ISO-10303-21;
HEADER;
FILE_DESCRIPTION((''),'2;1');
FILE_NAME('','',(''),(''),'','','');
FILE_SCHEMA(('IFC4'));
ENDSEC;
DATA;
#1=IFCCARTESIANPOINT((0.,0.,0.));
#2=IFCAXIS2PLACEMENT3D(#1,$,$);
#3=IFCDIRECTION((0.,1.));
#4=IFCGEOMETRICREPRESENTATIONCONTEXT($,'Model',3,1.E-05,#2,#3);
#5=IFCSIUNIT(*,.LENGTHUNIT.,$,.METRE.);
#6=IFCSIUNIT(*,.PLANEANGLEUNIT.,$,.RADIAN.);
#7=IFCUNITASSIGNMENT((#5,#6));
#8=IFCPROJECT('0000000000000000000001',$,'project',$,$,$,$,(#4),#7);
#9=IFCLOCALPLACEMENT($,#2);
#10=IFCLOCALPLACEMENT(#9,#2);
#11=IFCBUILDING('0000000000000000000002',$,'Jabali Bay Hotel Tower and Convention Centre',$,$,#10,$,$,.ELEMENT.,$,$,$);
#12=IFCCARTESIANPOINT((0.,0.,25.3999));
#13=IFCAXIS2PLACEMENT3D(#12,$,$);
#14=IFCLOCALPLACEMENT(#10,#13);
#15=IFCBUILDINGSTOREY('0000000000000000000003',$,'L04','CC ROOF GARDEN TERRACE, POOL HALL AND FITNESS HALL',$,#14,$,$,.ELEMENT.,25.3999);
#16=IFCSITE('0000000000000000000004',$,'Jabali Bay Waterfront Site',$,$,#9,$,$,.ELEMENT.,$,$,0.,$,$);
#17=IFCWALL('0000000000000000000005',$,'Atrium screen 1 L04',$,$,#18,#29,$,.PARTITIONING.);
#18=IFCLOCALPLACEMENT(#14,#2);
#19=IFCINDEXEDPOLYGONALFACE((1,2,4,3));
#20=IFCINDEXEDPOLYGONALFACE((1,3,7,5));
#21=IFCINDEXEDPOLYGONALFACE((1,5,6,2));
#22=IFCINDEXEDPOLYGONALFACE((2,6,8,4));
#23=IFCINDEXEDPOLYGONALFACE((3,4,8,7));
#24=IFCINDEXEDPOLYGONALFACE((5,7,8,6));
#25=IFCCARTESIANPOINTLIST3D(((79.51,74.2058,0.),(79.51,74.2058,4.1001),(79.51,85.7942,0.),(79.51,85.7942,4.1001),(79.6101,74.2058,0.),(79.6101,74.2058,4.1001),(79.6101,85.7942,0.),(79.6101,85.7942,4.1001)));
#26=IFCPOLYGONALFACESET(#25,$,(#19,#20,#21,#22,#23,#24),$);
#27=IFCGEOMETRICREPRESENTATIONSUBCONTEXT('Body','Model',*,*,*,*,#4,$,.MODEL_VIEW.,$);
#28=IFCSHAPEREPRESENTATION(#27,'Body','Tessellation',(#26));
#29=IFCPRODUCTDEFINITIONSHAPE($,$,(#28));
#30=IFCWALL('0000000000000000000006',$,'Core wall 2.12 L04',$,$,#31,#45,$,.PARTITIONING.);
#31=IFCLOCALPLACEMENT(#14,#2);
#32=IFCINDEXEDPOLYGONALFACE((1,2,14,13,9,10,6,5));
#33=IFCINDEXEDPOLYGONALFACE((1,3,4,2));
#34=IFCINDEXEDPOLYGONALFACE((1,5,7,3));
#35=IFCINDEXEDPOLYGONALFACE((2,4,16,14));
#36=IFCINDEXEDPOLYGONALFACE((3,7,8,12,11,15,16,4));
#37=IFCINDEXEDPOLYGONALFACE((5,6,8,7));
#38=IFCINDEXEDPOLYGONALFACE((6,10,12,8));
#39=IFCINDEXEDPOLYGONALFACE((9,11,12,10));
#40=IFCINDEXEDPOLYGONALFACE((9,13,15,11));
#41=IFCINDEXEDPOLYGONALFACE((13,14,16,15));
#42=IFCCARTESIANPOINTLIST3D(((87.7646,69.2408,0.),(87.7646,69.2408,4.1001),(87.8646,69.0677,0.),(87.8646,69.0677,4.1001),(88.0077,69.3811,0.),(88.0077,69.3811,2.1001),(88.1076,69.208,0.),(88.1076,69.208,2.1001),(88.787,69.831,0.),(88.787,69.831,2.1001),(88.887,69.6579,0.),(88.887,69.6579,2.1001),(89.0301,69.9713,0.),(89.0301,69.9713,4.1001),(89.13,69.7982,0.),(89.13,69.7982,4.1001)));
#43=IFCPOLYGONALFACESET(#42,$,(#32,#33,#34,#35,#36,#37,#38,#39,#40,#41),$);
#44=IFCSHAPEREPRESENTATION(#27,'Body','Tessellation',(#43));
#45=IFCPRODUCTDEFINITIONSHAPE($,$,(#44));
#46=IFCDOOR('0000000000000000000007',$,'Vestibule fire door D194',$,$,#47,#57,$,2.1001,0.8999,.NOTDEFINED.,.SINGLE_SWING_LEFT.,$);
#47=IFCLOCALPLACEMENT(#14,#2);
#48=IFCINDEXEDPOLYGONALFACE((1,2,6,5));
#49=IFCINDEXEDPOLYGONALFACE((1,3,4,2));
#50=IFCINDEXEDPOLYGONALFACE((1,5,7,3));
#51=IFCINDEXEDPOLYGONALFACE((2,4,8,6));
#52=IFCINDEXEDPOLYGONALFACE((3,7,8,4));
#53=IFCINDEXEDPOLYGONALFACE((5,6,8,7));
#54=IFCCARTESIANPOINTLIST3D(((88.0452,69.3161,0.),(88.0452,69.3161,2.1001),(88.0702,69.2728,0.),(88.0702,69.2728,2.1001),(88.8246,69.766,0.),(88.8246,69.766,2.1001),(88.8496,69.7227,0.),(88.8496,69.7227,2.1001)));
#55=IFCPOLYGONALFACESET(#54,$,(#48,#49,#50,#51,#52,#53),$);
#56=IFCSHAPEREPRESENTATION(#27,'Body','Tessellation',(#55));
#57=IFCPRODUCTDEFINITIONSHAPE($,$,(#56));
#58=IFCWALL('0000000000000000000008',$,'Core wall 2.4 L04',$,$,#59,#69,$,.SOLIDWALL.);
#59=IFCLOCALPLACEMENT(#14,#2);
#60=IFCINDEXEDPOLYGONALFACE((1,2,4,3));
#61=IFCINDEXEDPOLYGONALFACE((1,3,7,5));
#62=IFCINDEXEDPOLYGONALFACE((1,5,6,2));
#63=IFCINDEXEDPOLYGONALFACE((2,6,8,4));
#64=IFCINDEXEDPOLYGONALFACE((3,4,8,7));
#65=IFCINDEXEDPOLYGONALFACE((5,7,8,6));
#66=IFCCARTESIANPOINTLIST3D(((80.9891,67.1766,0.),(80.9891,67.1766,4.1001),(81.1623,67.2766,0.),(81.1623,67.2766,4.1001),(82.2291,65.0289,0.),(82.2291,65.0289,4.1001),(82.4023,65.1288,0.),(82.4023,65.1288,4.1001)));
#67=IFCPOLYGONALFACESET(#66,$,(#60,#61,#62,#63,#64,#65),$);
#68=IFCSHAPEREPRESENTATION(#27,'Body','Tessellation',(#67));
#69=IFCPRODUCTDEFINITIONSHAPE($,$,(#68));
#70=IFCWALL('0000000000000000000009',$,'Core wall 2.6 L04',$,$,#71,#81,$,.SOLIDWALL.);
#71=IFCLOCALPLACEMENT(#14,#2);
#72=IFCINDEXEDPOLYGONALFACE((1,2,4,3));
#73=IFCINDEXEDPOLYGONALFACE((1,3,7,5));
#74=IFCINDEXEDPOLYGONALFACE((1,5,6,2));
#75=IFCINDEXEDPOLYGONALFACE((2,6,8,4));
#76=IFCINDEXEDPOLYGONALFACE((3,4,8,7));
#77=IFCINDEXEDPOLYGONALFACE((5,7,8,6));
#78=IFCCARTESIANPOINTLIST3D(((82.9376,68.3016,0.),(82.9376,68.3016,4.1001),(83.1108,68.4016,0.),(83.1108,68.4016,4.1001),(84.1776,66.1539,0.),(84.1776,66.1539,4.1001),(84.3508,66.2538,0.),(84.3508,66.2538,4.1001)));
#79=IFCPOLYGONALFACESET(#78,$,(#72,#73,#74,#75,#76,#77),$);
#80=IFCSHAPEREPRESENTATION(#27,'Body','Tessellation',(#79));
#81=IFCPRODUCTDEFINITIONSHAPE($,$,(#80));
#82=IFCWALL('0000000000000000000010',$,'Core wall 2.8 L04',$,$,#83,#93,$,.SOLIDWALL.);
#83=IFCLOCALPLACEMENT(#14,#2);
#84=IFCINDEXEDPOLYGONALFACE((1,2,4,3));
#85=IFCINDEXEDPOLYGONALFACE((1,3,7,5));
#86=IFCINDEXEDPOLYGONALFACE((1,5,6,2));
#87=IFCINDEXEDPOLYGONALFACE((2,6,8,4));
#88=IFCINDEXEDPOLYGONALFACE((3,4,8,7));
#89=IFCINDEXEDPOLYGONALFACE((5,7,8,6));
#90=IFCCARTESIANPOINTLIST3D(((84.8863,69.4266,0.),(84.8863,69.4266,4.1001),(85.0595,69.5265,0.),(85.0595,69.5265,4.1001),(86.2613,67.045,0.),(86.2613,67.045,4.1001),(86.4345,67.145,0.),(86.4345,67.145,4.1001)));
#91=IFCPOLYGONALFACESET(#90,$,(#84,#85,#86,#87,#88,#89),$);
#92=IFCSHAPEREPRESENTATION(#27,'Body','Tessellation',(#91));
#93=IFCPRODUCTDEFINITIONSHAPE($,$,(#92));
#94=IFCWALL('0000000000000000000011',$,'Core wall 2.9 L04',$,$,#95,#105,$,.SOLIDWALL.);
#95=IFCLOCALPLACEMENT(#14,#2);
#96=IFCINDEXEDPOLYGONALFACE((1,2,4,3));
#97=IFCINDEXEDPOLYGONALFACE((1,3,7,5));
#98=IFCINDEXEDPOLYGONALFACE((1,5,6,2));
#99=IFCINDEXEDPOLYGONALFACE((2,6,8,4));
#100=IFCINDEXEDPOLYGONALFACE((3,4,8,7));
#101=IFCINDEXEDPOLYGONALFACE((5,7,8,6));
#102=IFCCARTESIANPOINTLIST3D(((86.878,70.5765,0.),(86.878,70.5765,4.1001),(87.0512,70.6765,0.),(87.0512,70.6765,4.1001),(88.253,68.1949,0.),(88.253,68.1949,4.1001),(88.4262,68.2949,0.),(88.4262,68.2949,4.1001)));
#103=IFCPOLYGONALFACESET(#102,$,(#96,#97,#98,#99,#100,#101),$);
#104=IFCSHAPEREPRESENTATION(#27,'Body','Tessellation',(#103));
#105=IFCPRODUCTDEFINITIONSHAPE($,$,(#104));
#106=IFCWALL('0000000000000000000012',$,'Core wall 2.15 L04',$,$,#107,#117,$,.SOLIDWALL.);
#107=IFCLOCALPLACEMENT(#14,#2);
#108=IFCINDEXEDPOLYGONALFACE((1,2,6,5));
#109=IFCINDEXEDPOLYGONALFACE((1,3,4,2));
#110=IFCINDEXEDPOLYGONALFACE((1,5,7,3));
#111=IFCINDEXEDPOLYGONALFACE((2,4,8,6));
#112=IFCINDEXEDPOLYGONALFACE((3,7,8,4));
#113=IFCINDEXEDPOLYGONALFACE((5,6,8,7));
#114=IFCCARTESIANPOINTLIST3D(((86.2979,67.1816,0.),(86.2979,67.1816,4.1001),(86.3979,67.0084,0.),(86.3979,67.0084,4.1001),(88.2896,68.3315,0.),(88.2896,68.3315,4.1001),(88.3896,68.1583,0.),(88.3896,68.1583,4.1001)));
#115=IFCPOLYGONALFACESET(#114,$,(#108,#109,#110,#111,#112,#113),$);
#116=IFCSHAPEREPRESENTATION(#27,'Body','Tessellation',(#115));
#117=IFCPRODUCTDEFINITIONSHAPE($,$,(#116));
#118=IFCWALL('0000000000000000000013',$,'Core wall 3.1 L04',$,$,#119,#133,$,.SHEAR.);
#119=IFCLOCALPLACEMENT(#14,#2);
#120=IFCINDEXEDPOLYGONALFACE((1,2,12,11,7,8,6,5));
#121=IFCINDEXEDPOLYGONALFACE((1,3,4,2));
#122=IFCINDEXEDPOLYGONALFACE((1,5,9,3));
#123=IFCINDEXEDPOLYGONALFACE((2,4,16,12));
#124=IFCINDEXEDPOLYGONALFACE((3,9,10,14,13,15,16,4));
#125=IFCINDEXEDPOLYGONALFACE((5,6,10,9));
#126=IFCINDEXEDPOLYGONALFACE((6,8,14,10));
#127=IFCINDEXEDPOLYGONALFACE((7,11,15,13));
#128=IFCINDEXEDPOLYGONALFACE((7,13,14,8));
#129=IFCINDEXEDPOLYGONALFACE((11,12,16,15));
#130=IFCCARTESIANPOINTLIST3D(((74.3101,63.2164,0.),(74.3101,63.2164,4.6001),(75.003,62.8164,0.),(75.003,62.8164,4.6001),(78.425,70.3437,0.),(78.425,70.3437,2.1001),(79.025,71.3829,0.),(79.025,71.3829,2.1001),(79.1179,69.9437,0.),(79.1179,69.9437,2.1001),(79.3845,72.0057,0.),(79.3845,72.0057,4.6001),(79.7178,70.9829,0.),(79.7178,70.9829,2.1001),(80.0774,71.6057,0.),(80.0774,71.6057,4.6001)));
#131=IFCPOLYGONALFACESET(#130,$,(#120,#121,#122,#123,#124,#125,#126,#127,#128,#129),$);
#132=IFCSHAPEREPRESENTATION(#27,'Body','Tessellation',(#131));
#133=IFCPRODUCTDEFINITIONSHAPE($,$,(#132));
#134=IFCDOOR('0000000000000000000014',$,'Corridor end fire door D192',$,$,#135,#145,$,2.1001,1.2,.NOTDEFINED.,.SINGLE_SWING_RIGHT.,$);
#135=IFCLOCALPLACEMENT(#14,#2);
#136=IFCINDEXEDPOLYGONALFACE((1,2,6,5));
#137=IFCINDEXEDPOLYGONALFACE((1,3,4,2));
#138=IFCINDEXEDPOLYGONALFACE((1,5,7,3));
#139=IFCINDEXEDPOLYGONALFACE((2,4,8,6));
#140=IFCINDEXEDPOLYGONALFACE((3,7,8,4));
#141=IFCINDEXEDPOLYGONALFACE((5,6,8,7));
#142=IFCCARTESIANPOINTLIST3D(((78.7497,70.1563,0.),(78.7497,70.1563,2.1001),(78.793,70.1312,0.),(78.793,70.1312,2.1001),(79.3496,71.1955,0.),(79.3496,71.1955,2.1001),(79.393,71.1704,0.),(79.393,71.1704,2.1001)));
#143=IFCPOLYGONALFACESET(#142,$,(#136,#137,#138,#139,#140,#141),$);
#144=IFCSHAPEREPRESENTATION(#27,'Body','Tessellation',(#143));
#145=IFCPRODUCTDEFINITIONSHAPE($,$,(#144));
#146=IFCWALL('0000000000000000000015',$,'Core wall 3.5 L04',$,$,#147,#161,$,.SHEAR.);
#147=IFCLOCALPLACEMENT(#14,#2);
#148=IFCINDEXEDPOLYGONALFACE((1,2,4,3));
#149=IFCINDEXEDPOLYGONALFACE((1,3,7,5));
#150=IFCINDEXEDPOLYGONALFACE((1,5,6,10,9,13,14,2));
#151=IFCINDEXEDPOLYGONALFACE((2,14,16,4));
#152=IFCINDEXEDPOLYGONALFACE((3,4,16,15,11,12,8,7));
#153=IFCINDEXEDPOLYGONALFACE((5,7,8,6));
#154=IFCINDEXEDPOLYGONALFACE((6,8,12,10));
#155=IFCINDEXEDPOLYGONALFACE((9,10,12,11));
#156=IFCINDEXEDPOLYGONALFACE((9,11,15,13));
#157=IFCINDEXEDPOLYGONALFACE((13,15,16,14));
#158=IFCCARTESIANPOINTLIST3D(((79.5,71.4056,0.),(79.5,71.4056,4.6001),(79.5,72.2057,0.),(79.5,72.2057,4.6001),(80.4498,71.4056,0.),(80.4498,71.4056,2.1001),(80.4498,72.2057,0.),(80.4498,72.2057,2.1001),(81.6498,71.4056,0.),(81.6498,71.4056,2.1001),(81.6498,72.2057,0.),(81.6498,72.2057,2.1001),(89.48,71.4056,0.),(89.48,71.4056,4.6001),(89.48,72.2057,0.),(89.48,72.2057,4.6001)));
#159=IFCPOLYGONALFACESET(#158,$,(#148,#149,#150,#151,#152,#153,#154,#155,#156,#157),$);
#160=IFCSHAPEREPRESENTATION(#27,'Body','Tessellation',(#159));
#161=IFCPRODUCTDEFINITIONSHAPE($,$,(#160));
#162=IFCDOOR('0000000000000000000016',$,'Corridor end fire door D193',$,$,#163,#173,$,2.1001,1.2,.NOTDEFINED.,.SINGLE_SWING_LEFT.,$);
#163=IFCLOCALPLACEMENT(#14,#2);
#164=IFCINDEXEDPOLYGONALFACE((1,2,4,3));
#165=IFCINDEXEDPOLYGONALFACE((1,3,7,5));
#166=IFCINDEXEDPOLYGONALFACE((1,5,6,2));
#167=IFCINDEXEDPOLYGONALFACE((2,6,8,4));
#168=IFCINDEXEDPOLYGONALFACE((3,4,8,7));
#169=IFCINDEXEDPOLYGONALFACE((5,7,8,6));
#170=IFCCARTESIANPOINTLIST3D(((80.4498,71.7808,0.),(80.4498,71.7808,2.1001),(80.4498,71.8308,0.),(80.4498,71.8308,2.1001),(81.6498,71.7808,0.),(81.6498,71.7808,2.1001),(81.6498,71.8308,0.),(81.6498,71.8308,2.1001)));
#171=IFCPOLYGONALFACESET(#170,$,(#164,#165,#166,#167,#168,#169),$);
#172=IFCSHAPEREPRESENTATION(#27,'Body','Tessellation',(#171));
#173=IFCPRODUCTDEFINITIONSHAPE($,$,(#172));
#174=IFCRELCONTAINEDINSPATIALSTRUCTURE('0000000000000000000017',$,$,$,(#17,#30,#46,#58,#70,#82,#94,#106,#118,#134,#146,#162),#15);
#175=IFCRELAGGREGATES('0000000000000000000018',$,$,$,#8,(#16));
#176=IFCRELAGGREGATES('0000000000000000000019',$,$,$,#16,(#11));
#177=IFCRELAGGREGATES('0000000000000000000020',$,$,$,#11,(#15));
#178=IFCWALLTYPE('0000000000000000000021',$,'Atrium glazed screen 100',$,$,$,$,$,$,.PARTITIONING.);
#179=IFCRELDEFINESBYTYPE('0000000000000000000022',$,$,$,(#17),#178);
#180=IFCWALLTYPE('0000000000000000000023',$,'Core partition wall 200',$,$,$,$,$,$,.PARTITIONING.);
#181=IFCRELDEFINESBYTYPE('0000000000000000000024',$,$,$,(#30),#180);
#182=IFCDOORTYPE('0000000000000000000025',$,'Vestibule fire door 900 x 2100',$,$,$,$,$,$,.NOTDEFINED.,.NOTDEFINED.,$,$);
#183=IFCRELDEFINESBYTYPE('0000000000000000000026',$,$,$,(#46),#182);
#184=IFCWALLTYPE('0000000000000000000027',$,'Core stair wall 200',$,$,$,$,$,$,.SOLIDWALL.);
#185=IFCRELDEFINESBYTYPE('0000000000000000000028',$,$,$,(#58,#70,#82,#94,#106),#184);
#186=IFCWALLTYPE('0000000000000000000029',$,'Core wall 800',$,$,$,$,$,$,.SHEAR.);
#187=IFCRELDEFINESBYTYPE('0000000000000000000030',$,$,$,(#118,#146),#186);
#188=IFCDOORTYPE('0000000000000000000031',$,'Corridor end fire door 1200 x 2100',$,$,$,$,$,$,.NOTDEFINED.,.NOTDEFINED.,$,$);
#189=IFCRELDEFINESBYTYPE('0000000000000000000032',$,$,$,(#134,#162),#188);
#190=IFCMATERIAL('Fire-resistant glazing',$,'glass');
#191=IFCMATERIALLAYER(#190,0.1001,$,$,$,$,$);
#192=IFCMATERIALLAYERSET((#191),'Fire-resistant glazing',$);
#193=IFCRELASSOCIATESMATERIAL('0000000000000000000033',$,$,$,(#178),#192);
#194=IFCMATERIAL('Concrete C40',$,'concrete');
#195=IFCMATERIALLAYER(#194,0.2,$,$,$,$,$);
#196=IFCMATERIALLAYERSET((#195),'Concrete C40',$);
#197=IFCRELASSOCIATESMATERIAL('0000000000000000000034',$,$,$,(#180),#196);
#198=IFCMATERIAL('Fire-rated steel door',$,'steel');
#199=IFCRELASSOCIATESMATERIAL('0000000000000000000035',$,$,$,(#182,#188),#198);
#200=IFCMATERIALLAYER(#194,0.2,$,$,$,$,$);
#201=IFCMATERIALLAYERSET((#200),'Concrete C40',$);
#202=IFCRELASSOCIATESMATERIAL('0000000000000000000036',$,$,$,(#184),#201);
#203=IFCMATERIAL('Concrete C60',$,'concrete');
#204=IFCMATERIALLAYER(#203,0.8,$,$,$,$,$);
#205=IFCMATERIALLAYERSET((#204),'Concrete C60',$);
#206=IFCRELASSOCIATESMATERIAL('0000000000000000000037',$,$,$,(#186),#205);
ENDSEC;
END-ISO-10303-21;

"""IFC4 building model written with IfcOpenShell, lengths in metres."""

from ifc_helpers import new_model, si_unit, direction, frame, frame_2d, origin, place, context, subcontext, project, spatial, rectangle, extrude, material, layer, layer_set, type_object, element, fill, save


model = new_model("IFC4")

# Units and contexts
model_context = context("Model", 3, precision=1e-05, world=origin(), true_north=direction((0.0, 1.0)))
body_context = subcontext(model_context, "Body", "Model", "MODEL_VIEW")
ifc_project = project(units=[si_unit("LENGTHUNIT", "METRE"), si_unit("PLANEANGLEUNIT", "RADIAN")], contexts=[model_context])

# Site, building, storey
site_placement = place(None, origin())
site = spatial("IfcSite", under=ifc_project, at=site_placement, Name="Jabali Bay Waterfront Site", CompositionType="ELEMENT", RefElevation=0.0)
building_placement = place(site_placement, origin())
building = spatial("IfcBuilding", under=site, at=building_placement, Name="Jabali Bay Hotel Tower and Convention Centre", CompositionType="ELEMENT")
storey_placement = place(building_placement, frame((0.0, 0.0, 25.3999)))
storey = spatial("IfcBuildingStorey", under=building, at=storey_placement, Name="L04", Description="CC ROOF GARDEN TERRACE, POOL HALL AND FITNESS HALL", CompositionType="ELEMENT", Elevation=25.3999)

# Wall
ifc_material_1 = material(Name="Fire-resistant glazing", Category="glass")
ifc_layer_1 = layer(ifc_material_1, 0.1001)
ifc_layer_set_1 = layer_set([ifc_layer_1], Name="Fire-resistant glazing")
wall_type_1 = type_object("IfcWallType", Name="Atrium glazed screen 100", PredefinedType="PARTITIONING", material=ifc_layer_set_1)
wall_1_placement = place(storey_placement, frame((79.5601, 74.2058, 0.0), z_axis=(0.0, 0.0, 1.0), x_axis=(0.0, 1.0, 0.0)))
element("IfcWall", 1, at=wall_1_placement, inside=storey, type_object=wall_type_1, Name="Atrium screen 1 L04", PredefinedType="PARTITIONING", context=body_context, shape_type="SweptSolid", body=[
    extrude(rectangle(XDim=11.5884, YDim=0.1001, at=frame_2d((5.7942, 0.0))), origin(), (0.0, 0.0, 1.0), 4.1001),
])

# Wall, opening, door
ifc_material_2 = material(Name="Concrete C40", Category="concrete")
ifc_layer_2 = layer(ifc_material_2, 0.2)
ifc_layer_set_2 = layer_set([ifc_layer_2], Name="Concrete C40")
wall_type_2 = type_object("IfcWallType", Name="Core partition wall 200", PredefinedType="PARTITIONING", material=ifc_layer_set_2)
wall_2_placement = place(storey_placement, frame((87.8147, 69.1543, 0.0), z_axis=(0.0, 0.0, 1.0), x_axis=(0.866055, 0.499949, 0.0)))
wall_2 = element("IfcWall", 2, at=wall_2_placement, inside=storey, type_object=wall_type_2, Name="Core wall 2.12 L04", PredefinedType="PARTITIONING", context=body_context, shape_type="SweptSolid", body=[
    extrude(rectangle(XDim=1.4612, YDim=0.2, at=frame_2d((0.7305, 0.0))), origin(), (0.0, 0.0, 1.0), 4.1001),
])
opening_1_placement = place(wall_2_placement, frame((0.2805, 0.0, 0.0)))
opening_1 = element("IfcOpeningElement", 3, at=opening_1_placement, cuts=wall_2, PredefinedType="OPENING", context=body_context, shape_type="SweptSolid", body=[
    extrude(rectangle(XDim=0.8999, YDim=2.1001, at=frame_2d((0.45, 1.05))), frame((0.0, 0.1104, 0.0), z_axis=(0.0, -1.0, 0.0), x_axis=(1.0, 0.0, 0.0)), (0.0, 0.0, 1.0), 0.2209),
])
ifc_material_3 = material(Name="Fire-rated steel door", Category="steel")
door_type_1 = type_object("IfcDoorType", Name="Vestibule fire door 900 x 2100", OperationType="NOTDEFINED", PredefinedType="NOTDEFINED", material=ifc_material_3)
door_1_placement = place(opening_1_placement, origin())
door_1 = element("IfcDoor", 4, at=door_1_placement, inside=storey, type_object=door_type_1, Name="Vestibule fire door D194", OperationType="SINGLE_SWING_LEFT", OverallHeight=2.1001, OverallWidth=0.8999, PredefinedType="NOTDEFINED", context=body_context, shape_type="SweptSolid", body=[
    extrude(rectangle(XDim=0.8999, YDim=2.1001, at=frame_2d((0.45, 1.05))), frame((0.0, 0.0249, 0.0), z_axis=(0.0, -1.0, 0.0), x_axis=(1.0, 0.0, 0.0)), (0.0, 0.0, 1.0), 0.05),
])
fill(opening_1, door_1)

# Walls
ifc_layer_3 = layer(ifc_material_2, 0.2)
ifc_layer_set_3 = layer_set([ifc_layer_3], Name="Concrete C40")
wall_type_3 = type_object("IfcWallType", Name="Core stair wall 200", PredefinedType="SOLIDWALL", material=ifc_layer_set_3)
for number, where, z_axis, x_axis, name in (
    (5, (81.0757, 67.2266, 0.0), (0.0, 0.0, 1.0), (0.500004, -0.866023, 0.0), "Core wall 2.4 L04"),
    (6, (83.0242, 68.3516, 0.0), (0.0, 0.0, 1.0), (0.500004, -0.866023, 0.0), "Core wall 2.6 L04"),
):
    element("IfcWall", number, at=place(storey_placement, frame(where, z_axis=z_axis, x_axis=x_axis)), inside=storey, type_object=wall_type_3, Name=name, PredefinedType="SOLIDWALL", context=body_context, shape_type="SweptSolid", body=[
        extrude(rectangle(XDim=2.48, YDim=0.2, at=frame_2d((1.24, 0.0))), origin(), (0.0, 0.0, 1.0), 4.1001),
    ])
for number, where, z_axis, x_axis, name in (
    (7, (84.9729, 69.4766, 0.0), (0.0, 0.0, 1.0), (0.499997, -0.866027, 0.0), "Core wall 2.8 L04"),
    (8, (86.9646, 70.6265, 0.0), (0.0, 0.0, 1.0), (0.499997, -0.866027, 0.0), "Core wall 2.9 L04"),
):
    element("IfcWall", number, at=place(storey_placement, frame(where, z_axis=z_axis, x_axis=x_axis)), inside=storey, type_object=wall_type_3, Name=name, PredefinedType="SOLIDWALL", context=body_context, shape_type="SweptSolid", body=[
        extrude(rectangle(XDim=2.75, YDim=0.2, at=frame_2d((1.375, 0.0))), origin(), (0.0, 0.0, 1.0), 4.1001),
    ])
wall_3_placement = place(storey_placement, frame((86.3479, 67.095, 0.0), z_axis=(0.0, 0.0, 1.0), x_axis=(0.866026, 0.499998, 0.0)))
element("IfcWall", 9, at=wall_3_placement, inside=storey, type_object=wall_type_3, Name="Core wall 2.15 L04", PredefinedType="SOLIDWALL", context=body_context, shape_type="SweptSolid", body=[
    extrude(rectangle(XDim=2.2998, YDim=0.2, at=frame_2d((1.1499, 0.0))), origin(), (0.0, 0.0, 1.0), 4.1001),
])

# Walls, openings, doors
ifc_material_4 = material(Name="Concrete C60", Category="concrete")
ifc_layer_4 = layer(ifc_material_4, 0.8)
ifc_layer_set_4 = layer_set([ifc_layer_4], Name="Concrete C60")
wall_type_4 = type_object("IfcWallType", Name="Core wall 800", PredefinedType="SHEAR", material=ifc_layer_set_4)
wall_4_placement = place(storey_placement, frame((79.731, 71.8057, 0.0), z_axis=(0.0, 0.0, 1.0), x_axis=(-0.499997, -0.866027, 0.0)))
wall_4 = element("IfcWall", 10, at=wall_4_placement, inside=storey, type_object=wall_type_4, Name="Core wall 3.1 L04", PredefinedType="SHEAR", context=body_context, shape_type="SweptSolid", body=[
    extrude(rectangle(XDim=10.1489, YDim=0.8, at=frame_2d((5.0745, 0.0))), origin(), (0.0, 0.0, 1.0), 4.6001),
])
opening_2_placement = place(wall_4_placement, frame((0.719, 0.0, 0.0)))
opening_2 = element("IfcOpeningElement", 11, at=opening_2_placement, cuts=wall_4, PredefinedType="OPENING", context=body_context, shape_type="SweptSolid", body=[
    extrude(rectangle(XDim=1.2, YDim=2.1001, at=frame_2d((0.6001, 1.05))), frame((0.0, 0.4106, 0.0), z_axis=(0.0, -1.0, 0.0), x_axis=(1.0, 0.0, 0.0)), (0.0, 0.0, 1.0), 0.821),
])
door_type_2 = type_object("IfcDoorType", Name="Corridor end fire door 1200 x 2100", OperationType="NOTDEFINED", PredefinedType="NOTDEFINED", material=ifc_material_3)
door_2_placement = place(opening_2_placement, origin())
door_2 = element("IfcDoor", 12, at=door_2_placement, inside=storey, type_object=door_type_2, Name="Corridor end fire door D192", OperationType="SINGLE_SWING_RIGHT", OverallHeight=2.1001, OverallWidth=1.2, PredefinedType="NOTDEFINED", context=body_context, shape_type="SweptSolid", body=[
    extrude(rectangle(XDim=1.2, YDim=2.1001, at=frame_2d((0.6001, 1.05))), frame((0.0, 0.0249, 0.0), z_axis=(0.0, -1.0, 0.0), x_axis=(1.0, 0.0, 0.0)), (0.0, 0.0, 1.0), 0.05),
])
fill(opening_2, door_2)
wall_5_placement = place(storey_placement, frame((89.48, 71.8057, 0.0), z_axis=(0.0, 0.0, 1.0), x_axis=(-1.0, 0.0, 0.0)))
wall_5 = element("IfcWall", 13, at=wall_5_placement, inside=storey, type_object=wall_type_4, Name="Core wall 3.5 L04", PredefinedType="SHEAR", context=body_context, shape_type="SweptSolid", body=[
    extrude(rectangle(XDim=9.98, YDim=0.8, at=frame_2d((4.99, 0.0))), origin(), (0.0, 0.0, 1.0), 4.6001),
])
opening_3_placement = place(wall_5_placement, frame((7.8301, 0.0, 0.0)))
opening_3 = element("IfcOpeningElement", 14, at=opening_3_placement, cuts=wall_5, PredefinedType="OPENING", context=body_context, shape_type="SweptSolid", body=[
    extrude(rectangle(XDim=1.2, YDim=2.1001, at=frame_2d((0.6001, 1.05))), frame((0.0, 0.4106, 0.0), z_axis=(0.0, -1.0, 0.0), x_axis=(1.0, 0.0, 0.0)), (0.0, 0.0, 1.0), 0.821),
])
door_3_placement = place(opening_3_placement, origin())
door_3 = element("IfcDoor", 15, at=door_3_placement, inside=storey, type_object=door_type_2, Name="Corridor end fire door D193", OperationType="SINGLE_SWING_LEFT", OverallHeight=2.1001, OverallWidth=1.2, PredefinedType="NOTDEFINED", context=body_context, shape_type="SweptSolid", body=[
    extrude(rectangle(XDim=1.2, YDim=2.1001, at=frame_2d((0.6001, 1.05))), frame((0.0, 0.0249, 0.0), z_axis=(0.0, -1.0, 0.0), x_axis=(1.0, 0.0, 0.0)), (0.0, 0.0, 1.0), 0.05),
])
fill(opening_3, door_3)

save(model, "model.ifc")
